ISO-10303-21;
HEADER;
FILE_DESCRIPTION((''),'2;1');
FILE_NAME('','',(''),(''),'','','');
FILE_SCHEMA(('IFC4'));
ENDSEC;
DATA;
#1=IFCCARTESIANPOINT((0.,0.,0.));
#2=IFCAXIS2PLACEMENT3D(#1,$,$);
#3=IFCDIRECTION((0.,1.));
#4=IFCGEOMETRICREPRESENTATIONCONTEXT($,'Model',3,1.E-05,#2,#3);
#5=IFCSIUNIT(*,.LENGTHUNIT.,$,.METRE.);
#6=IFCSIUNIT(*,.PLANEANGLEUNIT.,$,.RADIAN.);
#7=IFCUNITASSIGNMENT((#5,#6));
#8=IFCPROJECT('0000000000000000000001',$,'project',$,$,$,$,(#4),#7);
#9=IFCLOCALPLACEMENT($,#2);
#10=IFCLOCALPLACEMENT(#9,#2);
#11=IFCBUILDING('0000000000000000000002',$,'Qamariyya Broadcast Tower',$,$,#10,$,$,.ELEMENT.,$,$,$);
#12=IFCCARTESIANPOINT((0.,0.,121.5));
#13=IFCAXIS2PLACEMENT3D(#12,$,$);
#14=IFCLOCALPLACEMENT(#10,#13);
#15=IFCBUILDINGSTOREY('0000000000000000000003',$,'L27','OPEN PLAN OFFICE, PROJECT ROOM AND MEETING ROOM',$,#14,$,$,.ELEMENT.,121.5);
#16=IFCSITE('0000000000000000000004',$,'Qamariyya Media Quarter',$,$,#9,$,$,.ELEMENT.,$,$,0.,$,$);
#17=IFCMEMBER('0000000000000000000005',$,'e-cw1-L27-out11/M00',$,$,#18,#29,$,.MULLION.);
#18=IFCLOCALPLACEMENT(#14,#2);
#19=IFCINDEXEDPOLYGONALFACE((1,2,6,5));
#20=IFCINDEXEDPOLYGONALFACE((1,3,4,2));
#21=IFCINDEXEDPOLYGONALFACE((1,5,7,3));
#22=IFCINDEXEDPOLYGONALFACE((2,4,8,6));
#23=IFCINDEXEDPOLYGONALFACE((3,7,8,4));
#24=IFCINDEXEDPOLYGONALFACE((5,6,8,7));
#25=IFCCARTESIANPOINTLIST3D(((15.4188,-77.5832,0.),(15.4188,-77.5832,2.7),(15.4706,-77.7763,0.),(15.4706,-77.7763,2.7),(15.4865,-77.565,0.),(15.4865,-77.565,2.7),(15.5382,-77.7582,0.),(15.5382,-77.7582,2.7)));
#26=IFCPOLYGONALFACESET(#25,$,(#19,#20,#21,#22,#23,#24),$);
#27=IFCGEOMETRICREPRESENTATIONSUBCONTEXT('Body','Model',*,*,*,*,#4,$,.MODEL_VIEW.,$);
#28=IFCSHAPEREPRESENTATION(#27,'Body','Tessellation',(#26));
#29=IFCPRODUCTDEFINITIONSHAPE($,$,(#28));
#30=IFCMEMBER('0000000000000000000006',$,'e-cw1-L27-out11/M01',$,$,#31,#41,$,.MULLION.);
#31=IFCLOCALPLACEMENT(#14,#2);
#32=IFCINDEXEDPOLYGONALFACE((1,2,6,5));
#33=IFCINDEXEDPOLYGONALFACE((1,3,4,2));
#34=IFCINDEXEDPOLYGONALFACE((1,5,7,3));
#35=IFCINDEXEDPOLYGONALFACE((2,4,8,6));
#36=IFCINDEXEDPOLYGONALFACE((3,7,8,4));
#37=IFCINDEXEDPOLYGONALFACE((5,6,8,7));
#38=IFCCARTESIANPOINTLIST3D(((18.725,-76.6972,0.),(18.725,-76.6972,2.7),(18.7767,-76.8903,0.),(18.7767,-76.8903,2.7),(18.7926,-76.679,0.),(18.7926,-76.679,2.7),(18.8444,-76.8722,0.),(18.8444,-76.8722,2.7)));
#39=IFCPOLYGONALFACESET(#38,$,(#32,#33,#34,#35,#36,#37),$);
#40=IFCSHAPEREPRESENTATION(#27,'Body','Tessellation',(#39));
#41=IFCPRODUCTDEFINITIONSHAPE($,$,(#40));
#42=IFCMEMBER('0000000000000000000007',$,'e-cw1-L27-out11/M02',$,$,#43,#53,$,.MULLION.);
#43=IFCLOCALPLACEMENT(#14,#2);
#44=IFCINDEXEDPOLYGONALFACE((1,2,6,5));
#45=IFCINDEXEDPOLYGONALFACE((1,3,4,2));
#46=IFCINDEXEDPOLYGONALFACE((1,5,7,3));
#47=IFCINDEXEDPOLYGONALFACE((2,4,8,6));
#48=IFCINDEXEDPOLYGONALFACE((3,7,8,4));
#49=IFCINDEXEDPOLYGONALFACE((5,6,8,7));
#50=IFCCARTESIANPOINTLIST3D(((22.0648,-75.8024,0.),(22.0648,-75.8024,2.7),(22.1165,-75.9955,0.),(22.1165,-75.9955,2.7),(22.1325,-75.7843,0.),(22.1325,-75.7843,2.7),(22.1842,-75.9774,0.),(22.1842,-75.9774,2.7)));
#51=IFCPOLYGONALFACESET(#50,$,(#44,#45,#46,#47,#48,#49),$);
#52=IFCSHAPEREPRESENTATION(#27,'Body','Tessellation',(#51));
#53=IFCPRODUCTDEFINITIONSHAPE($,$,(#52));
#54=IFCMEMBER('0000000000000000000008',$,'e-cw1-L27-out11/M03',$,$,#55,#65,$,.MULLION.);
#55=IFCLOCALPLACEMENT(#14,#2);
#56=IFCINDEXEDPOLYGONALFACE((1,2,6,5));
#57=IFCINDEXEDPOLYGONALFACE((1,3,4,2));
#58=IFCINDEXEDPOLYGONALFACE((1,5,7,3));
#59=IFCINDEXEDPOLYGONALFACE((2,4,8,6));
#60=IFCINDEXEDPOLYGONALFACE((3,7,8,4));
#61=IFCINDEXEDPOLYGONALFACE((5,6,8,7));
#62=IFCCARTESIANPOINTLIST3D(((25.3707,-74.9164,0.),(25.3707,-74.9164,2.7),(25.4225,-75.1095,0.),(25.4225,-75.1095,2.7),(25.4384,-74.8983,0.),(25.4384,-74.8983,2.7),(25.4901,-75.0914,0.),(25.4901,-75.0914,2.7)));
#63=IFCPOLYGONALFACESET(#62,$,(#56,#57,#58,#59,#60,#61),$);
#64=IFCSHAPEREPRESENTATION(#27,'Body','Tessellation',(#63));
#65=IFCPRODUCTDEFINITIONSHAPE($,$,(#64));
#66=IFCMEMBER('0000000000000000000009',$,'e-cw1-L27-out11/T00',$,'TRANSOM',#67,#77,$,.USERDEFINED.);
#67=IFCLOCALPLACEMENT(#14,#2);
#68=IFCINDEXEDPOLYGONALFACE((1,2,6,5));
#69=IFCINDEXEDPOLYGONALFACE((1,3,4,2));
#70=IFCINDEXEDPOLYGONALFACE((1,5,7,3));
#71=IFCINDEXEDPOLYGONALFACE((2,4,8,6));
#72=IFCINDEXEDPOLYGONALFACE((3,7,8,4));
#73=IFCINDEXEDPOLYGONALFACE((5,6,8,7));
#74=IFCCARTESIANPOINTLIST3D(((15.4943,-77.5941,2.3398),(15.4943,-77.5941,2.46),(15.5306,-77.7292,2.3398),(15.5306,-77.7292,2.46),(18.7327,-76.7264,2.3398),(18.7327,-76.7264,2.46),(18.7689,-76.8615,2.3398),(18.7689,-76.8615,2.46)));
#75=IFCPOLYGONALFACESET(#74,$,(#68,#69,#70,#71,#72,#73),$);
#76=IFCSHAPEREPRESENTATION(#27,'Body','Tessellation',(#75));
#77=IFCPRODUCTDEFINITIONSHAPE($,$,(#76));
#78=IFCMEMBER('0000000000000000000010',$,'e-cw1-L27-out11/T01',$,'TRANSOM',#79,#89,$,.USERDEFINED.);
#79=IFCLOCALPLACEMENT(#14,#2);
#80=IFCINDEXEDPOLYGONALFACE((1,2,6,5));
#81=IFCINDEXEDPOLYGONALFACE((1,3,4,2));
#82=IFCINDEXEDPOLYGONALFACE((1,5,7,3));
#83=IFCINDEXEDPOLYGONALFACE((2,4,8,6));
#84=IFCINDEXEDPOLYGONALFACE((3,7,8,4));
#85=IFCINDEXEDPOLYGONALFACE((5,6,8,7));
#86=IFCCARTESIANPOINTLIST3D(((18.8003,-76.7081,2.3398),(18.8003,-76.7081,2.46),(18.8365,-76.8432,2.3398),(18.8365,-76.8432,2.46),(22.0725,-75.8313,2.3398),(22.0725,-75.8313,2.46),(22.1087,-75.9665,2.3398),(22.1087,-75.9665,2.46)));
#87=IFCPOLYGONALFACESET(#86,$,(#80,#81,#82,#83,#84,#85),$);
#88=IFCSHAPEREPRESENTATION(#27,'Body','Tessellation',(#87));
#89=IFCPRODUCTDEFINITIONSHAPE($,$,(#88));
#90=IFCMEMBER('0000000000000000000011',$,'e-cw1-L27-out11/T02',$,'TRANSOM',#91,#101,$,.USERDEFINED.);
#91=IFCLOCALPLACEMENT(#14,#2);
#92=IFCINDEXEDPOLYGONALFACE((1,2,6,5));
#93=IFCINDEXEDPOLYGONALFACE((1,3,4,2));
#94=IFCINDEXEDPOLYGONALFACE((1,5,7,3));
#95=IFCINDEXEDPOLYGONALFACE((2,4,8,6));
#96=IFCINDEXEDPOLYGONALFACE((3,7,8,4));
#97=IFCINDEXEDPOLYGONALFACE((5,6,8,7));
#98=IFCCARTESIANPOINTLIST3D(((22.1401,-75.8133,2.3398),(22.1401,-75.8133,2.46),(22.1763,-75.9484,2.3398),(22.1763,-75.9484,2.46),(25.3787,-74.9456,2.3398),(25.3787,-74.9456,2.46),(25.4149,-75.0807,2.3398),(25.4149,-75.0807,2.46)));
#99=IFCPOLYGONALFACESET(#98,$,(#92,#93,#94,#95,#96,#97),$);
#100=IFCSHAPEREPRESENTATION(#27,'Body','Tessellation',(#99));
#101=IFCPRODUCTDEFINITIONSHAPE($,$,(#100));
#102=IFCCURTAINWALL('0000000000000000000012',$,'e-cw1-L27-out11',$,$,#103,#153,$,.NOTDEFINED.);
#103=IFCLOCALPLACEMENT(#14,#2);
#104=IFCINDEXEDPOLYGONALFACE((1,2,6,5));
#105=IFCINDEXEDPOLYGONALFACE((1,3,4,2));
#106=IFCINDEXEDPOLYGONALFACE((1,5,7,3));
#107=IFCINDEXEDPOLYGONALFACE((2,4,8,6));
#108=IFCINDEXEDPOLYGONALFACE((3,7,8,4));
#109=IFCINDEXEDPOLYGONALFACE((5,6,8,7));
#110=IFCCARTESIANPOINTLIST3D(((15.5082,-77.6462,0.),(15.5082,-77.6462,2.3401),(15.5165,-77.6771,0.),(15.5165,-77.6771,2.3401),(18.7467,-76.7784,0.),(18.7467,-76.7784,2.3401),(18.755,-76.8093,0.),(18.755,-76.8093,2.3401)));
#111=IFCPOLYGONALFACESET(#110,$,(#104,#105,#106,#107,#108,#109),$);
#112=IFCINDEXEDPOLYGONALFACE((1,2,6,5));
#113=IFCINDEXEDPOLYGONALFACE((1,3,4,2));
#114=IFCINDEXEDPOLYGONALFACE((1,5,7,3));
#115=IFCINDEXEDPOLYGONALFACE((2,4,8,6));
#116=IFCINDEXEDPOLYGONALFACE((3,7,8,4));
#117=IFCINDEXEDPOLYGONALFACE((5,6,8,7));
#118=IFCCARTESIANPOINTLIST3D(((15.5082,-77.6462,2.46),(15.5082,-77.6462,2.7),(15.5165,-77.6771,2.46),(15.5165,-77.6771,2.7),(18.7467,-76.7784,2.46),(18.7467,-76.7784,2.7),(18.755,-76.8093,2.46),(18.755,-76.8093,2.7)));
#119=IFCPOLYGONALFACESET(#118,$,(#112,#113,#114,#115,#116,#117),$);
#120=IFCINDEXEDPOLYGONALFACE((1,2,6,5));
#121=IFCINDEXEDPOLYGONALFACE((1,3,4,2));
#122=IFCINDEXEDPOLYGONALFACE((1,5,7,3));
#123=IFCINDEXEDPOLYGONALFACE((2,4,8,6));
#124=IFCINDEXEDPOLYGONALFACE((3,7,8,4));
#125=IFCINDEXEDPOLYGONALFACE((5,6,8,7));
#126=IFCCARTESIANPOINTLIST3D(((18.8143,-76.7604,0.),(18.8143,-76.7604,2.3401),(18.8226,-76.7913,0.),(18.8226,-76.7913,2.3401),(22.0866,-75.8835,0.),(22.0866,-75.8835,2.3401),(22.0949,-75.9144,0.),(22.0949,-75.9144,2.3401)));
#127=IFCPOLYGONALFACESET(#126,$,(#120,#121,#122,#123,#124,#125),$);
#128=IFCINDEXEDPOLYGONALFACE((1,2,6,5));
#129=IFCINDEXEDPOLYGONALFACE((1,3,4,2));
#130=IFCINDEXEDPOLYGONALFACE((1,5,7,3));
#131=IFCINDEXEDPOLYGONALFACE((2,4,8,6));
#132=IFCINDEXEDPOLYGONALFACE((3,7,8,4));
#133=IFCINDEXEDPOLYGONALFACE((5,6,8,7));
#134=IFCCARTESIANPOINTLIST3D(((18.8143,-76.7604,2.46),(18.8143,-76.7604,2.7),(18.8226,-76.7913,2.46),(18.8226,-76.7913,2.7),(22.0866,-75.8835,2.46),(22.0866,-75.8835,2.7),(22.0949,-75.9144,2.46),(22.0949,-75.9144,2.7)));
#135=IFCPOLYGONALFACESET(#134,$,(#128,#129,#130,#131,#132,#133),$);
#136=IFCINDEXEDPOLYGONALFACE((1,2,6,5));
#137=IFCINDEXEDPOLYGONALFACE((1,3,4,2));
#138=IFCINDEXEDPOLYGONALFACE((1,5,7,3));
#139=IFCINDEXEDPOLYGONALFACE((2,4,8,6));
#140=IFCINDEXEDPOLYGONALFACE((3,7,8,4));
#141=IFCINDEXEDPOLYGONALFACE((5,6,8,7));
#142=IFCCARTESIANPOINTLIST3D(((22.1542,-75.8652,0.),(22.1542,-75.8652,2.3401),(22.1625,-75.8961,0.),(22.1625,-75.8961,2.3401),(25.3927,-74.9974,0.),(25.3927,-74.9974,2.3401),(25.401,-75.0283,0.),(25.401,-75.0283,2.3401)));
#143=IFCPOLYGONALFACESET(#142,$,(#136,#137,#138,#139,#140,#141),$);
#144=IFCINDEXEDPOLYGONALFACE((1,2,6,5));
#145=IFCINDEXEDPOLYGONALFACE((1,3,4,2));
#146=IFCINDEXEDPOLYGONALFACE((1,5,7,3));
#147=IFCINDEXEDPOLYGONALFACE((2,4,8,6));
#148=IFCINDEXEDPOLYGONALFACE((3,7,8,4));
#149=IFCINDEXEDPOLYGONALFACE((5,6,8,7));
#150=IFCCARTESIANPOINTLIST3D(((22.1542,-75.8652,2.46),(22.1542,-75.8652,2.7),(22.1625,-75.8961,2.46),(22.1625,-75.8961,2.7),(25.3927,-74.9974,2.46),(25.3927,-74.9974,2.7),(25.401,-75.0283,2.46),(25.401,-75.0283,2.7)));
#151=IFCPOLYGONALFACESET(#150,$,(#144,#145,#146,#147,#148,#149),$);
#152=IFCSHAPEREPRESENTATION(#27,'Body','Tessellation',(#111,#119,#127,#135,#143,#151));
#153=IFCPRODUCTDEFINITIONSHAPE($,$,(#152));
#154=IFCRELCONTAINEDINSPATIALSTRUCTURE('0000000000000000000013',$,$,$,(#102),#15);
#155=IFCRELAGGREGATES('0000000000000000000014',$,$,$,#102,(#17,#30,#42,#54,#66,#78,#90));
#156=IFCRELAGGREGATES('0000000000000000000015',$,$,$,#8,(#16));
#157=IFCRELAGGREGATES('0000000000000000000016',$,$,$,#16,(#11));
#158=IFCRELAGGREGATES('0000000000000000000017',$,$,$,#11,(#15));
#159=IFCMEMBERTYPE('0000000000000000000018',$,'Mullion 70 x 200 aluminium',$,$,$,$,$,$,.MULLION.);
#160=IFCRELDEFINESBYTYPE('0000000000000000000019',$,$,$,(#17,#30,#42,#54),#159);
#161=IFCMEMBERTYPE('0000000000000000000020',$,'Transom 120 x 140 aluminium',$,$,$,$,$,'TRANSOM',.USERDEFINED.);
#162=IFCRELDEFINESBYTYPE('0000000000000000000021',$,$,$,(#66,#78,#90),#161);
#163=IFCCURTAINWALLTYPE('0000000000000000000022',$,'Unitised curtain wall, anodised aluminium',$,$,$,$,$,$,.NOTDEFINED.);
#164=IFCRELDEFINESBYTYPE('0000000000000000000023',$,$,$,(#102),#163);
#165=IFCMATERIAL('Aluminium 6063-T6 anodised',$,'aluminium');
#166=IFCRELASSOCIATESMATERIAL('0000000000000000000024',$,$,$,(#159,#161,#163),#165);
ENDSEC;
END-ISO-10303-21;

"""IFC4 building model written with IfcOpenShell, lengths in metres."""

from ifc_helpers import new_model, si_unit, direction, frame, origin, origin_2d, place, context, subcontext, project, spatial, rectangle, extrude, material, material_profile, profile_set, type_object, element, aggregate, save


model = new_model("IFC4")

# Units and contexts
model_context = context("Model", 3, precision=1e-05, world=origin(), true_north=direction((0.0, 1.0)))
body_context = subcontext(model_context, "Body", "Model", "MODEL_VIEW")
ifc_project = project(units=[si_unit("LENGTHUNIT", "METRE"), si_unit("PLANEANGLEUNIT", "RADIAN")], contexts=[model_context])

# Members
ifc_material = material(Name="Aluminium 6063-T6 anodised", Category="aluminium")
ifc_material_profile_1 = material_profile(ifc_material, rectangle(XDim=0.2, YDim=0.0701, at=origin_2d()))
ifc_profile_set_1 = profile_set([ifc_material_profile_1], Name="Aluminium 6063-T6 anodised")
member_type_1 = type_object("IfcMemberType", Name="Mullion 70 x 200 aluminium", PredefinedType="MULLION", material=ifc_profile_set_1)
site_placement = place(None, origin())
building_placement = place(site_placement, origin())
storey_placement = place(building_placement, frame((0.0, 0.0, 121.5)))
member_1_placement = place(storey_placement, frame((15.4785, -77.6707, 0.0), z_axis=(0.0, 0.0, 1.0), x_axis=(-0.258819, 0.965926, 0.0)))
member_1 = element("IfcMember", 1, at=member_1_placement, type_object=member_type_1, Name="e-cw1-L27-out11/M00", PredefinedType="MULLION", context=body_context, shape_type="SweptSolid", body=[
    extrude(rectangle(XDim=0.2, YDim=0.0701, at=origin_2d()), origin(), (0.0, 0.0, 1.0), 2.7),
])
member_2_placement = place(storey_placement, frame((18.7847, -76.7847, 0.0), z_axis=(0.0, 0.0, 1.0), x_axis=(-0.258819, 0.965926, 0.0)))
member_2 = element("IfcMember", 2, at=member_2_placement, type_object=member_type_1, Name="e-cw1-L27-out11/M01", PredefinedType="MULLION", context=body_context, shape_type="SweptSolid", body=[
    extrude(rectangle(XDim=0.2, YDim=0.0701, at=origin_2d()), origin(), (0.0, 0.0, 1.0), 2.7),
])
member_3_placement = place(storey_placement, frame((22.1245, -75.8899, 0.0), z_axis=(0.0, 0.0, 1.0), x_axis=(-0.258819, 0.965926, 0.0)))
member_3 = element("IfcMember", 3, at=member_3_placement, type_object=member_type_1, Name="e-cw1-L27-out11/M02", PredefinedType="MULLION", context=body_context, shape_type="SweptSolid", body=[
    extrude(rectangle(XDim=0.2, YDim=0.0701, at=origin_2d()), origin(), (0.0, 0.0, 1.0), 2.7),
])
member_4_placement = place(storey_placement, frame((25.4304, -75.0039, 0.0), z_axis=(0.0, 0.0, 1.0), x_axis=(-0.258819, 0.965926, 0.0)))
member_4 = element("IfcMember", 4, at=member_4_placement, type_object=member_type_1, Name="e-cw1-L27-out11/M03", PredefinedType="MULLION", context=body_context, shape_type="SweptSolid", body=[
    extrude(rectangle(XDim=0.2, YDim=0.0701, at=origin_2d()), origin(), (0.0, 0.0, 1.0), 2.7),
])
ifc_material_profile_2 = material_profile(ifc_material, rectangle(XDim=0.1399, YDim=0.1201, at=origin_2d()))
ifc_profile_set_2 = profile_set([ifc_material_profile_2], Name="Aluminium 6063-T6 anodised")
member_type_2 = type_object("IfcMemberType", Name="Transom 120 x 140 aluminium", ElementType="TRANSOM", PredefinedType="USERDEFINED", material=ifc_profile_set_2)
member_5_placement = place(storey_placement, frame((15.5125, -77.6616, 2.3999), z_axis=(0.965927, 0.258814, 0.0), x_axis=(-0.258814, 0.965927, 0.0)))
member_5 = element("IfcMember", 5, at=member_5_placement, type_object=member_type_2, Name="e-cw1-L27-out11/T00", ObjectType="TRANSOM", PredefinedType="USERDEFINED", context=body_context, shape_type="SweptSolid", body=[
    extrude(rectangle(XDim=0.1399, YDim=0.1201, at=origin_2d()), origin(), (0.0, 0.0, 1.0), 3.3525),
])
member_6_placement = place(storey_placement, frame((18.8184, -76.7756, 2.3999), z_axis=(0.965932, 0.258797, 0.0), x_axis=(-0.258797, 0.965932, 0.0)))
member_6 = element("IfcMember", 6, at=member_6_placement, type_object=member_type_2, Name="e-cw1-L27-out11/T01", ObjectType="TRANSOM", PredefinedType="USERDEFINED", context=body_context, shape_type="SweptSolid", body=[
    extrude(rectangle(XDim=0.1399, YDim=0.1201, at=origin_2d()), origin(), (0.0, 0.0, 1.0), 3.3877),
])
member_7_placement = place(storey_placement, frame((22.1582, -75.8809, 2.3999), z_axis=(0.965932, 0.258796, 0.0), x_axis=(-0.258796, 0.965932, 0.0)))
member_7 = element("IfcMember", 7, at=member_7_placement, type_object=member_type_2, Name="e-cw1-L27-out11/T02", ObjectType="TRANSOM", PredefinedType="USERDEFINED", context=body_context, shape_type="SweptSolid", body=[
    extrude(rectangle(XDim=0.1399, YDim=0.1201, at=origin_2d()), origin(), (0.0, 0.0, 1.0), 3.3528),
])

# Site, building, storey
site = spatial("IfcSite", under=ifc_project, at=site_placement, Name="Qamariyya Media Quarter", CompositionType="ELEMENT", RefElevation=0.0)
building = spatial("IfcBuilding", under=site, at=building_placement, Name="Qamariyya Broadcast Tower", CompositionType="ELEMENT")
storey = spatial("IfcBuildingStorey", under=building, at=storey_placement, Name="L27", Description="OPEN PLAN OFFICE, PROJECT ROOM AND MEETING ROOM", CompositionType="ELEMENT", Elevation=121.5)

# Curtain wall
curtain_wall_type = type_object("IfcCurtainWallType", Name="Unitised curtain wall, anodised aluminium", PredefinedType="NOTDEFINED", material=ifc_material)
curtain_wall_1_placement = place(storey_placement, origin())
curtain_wall_1 = element("IfcCurtainWall", 8, at=curtain_wall_1_placement, inside=storey, type_object=curtain_wall_type, Name="e-cw1-L27-out11", PredefinedType="NOTDEFINED", context=body_context, shape_type="SweptSolid", body=[
    extrude(rectangle(XDim=3.3528, YDim=0.032, at=origin_2d()), frame((17.1316, -77.2278, 0.0), x_axis=(0.965924, 0.258827, 0.0)), (0.0, 0.0, 1.0), 2.3401),
    extrude(rectangle(XDim=3.3528, YDim=0.032, at=origin_2d()), frame((17.1316, -77.2278, 2.46), x_axis=(0.965924, 0.258827, 0.0)), (0.0, 0.0, 1.0), 0.24),
    extrude(rectangle(XDim=3.3877, YDim=0.032, at=origin_2d()), frame((20.4546, -76.3374, 0.0), x_axis=(0.965924, 0.258827, 0.0)), (0.0, 0.0, 1.0), 2.3401),
    extrude(rectangle(XDim=3.3877, YDim=0.032, at=origin_2d()), frame((20.4546, -76.3374, 2.46), x_axis=(0.965924, 0.258827, 0.0)), (0.0, 0.0, 1.0), 0.24),
    extrude(rectangle(XDim=3.3528, YDim=0.032, at=origin_2d()), frame((23.7776, -75.4468, 0.0), x_axis=(0.965924, 0.258827, 0.0)), (0.0, 0.0, 1.0), 2.3401),
    extrude(rectangle(XDim=3.3528, YDim=0.032, at=origin_2d()), frame((23.7776, -75.4468, 2.46), x_axis=(0.965924, 0.258827, 0.0)), (0.0, 0.0, 1.0), 0.24),
])
aggregate(curtain_wall_1, [member_1, member_2, member_3, member_4, member_5, member_6, member_7])

save(model, "model.ifc")
